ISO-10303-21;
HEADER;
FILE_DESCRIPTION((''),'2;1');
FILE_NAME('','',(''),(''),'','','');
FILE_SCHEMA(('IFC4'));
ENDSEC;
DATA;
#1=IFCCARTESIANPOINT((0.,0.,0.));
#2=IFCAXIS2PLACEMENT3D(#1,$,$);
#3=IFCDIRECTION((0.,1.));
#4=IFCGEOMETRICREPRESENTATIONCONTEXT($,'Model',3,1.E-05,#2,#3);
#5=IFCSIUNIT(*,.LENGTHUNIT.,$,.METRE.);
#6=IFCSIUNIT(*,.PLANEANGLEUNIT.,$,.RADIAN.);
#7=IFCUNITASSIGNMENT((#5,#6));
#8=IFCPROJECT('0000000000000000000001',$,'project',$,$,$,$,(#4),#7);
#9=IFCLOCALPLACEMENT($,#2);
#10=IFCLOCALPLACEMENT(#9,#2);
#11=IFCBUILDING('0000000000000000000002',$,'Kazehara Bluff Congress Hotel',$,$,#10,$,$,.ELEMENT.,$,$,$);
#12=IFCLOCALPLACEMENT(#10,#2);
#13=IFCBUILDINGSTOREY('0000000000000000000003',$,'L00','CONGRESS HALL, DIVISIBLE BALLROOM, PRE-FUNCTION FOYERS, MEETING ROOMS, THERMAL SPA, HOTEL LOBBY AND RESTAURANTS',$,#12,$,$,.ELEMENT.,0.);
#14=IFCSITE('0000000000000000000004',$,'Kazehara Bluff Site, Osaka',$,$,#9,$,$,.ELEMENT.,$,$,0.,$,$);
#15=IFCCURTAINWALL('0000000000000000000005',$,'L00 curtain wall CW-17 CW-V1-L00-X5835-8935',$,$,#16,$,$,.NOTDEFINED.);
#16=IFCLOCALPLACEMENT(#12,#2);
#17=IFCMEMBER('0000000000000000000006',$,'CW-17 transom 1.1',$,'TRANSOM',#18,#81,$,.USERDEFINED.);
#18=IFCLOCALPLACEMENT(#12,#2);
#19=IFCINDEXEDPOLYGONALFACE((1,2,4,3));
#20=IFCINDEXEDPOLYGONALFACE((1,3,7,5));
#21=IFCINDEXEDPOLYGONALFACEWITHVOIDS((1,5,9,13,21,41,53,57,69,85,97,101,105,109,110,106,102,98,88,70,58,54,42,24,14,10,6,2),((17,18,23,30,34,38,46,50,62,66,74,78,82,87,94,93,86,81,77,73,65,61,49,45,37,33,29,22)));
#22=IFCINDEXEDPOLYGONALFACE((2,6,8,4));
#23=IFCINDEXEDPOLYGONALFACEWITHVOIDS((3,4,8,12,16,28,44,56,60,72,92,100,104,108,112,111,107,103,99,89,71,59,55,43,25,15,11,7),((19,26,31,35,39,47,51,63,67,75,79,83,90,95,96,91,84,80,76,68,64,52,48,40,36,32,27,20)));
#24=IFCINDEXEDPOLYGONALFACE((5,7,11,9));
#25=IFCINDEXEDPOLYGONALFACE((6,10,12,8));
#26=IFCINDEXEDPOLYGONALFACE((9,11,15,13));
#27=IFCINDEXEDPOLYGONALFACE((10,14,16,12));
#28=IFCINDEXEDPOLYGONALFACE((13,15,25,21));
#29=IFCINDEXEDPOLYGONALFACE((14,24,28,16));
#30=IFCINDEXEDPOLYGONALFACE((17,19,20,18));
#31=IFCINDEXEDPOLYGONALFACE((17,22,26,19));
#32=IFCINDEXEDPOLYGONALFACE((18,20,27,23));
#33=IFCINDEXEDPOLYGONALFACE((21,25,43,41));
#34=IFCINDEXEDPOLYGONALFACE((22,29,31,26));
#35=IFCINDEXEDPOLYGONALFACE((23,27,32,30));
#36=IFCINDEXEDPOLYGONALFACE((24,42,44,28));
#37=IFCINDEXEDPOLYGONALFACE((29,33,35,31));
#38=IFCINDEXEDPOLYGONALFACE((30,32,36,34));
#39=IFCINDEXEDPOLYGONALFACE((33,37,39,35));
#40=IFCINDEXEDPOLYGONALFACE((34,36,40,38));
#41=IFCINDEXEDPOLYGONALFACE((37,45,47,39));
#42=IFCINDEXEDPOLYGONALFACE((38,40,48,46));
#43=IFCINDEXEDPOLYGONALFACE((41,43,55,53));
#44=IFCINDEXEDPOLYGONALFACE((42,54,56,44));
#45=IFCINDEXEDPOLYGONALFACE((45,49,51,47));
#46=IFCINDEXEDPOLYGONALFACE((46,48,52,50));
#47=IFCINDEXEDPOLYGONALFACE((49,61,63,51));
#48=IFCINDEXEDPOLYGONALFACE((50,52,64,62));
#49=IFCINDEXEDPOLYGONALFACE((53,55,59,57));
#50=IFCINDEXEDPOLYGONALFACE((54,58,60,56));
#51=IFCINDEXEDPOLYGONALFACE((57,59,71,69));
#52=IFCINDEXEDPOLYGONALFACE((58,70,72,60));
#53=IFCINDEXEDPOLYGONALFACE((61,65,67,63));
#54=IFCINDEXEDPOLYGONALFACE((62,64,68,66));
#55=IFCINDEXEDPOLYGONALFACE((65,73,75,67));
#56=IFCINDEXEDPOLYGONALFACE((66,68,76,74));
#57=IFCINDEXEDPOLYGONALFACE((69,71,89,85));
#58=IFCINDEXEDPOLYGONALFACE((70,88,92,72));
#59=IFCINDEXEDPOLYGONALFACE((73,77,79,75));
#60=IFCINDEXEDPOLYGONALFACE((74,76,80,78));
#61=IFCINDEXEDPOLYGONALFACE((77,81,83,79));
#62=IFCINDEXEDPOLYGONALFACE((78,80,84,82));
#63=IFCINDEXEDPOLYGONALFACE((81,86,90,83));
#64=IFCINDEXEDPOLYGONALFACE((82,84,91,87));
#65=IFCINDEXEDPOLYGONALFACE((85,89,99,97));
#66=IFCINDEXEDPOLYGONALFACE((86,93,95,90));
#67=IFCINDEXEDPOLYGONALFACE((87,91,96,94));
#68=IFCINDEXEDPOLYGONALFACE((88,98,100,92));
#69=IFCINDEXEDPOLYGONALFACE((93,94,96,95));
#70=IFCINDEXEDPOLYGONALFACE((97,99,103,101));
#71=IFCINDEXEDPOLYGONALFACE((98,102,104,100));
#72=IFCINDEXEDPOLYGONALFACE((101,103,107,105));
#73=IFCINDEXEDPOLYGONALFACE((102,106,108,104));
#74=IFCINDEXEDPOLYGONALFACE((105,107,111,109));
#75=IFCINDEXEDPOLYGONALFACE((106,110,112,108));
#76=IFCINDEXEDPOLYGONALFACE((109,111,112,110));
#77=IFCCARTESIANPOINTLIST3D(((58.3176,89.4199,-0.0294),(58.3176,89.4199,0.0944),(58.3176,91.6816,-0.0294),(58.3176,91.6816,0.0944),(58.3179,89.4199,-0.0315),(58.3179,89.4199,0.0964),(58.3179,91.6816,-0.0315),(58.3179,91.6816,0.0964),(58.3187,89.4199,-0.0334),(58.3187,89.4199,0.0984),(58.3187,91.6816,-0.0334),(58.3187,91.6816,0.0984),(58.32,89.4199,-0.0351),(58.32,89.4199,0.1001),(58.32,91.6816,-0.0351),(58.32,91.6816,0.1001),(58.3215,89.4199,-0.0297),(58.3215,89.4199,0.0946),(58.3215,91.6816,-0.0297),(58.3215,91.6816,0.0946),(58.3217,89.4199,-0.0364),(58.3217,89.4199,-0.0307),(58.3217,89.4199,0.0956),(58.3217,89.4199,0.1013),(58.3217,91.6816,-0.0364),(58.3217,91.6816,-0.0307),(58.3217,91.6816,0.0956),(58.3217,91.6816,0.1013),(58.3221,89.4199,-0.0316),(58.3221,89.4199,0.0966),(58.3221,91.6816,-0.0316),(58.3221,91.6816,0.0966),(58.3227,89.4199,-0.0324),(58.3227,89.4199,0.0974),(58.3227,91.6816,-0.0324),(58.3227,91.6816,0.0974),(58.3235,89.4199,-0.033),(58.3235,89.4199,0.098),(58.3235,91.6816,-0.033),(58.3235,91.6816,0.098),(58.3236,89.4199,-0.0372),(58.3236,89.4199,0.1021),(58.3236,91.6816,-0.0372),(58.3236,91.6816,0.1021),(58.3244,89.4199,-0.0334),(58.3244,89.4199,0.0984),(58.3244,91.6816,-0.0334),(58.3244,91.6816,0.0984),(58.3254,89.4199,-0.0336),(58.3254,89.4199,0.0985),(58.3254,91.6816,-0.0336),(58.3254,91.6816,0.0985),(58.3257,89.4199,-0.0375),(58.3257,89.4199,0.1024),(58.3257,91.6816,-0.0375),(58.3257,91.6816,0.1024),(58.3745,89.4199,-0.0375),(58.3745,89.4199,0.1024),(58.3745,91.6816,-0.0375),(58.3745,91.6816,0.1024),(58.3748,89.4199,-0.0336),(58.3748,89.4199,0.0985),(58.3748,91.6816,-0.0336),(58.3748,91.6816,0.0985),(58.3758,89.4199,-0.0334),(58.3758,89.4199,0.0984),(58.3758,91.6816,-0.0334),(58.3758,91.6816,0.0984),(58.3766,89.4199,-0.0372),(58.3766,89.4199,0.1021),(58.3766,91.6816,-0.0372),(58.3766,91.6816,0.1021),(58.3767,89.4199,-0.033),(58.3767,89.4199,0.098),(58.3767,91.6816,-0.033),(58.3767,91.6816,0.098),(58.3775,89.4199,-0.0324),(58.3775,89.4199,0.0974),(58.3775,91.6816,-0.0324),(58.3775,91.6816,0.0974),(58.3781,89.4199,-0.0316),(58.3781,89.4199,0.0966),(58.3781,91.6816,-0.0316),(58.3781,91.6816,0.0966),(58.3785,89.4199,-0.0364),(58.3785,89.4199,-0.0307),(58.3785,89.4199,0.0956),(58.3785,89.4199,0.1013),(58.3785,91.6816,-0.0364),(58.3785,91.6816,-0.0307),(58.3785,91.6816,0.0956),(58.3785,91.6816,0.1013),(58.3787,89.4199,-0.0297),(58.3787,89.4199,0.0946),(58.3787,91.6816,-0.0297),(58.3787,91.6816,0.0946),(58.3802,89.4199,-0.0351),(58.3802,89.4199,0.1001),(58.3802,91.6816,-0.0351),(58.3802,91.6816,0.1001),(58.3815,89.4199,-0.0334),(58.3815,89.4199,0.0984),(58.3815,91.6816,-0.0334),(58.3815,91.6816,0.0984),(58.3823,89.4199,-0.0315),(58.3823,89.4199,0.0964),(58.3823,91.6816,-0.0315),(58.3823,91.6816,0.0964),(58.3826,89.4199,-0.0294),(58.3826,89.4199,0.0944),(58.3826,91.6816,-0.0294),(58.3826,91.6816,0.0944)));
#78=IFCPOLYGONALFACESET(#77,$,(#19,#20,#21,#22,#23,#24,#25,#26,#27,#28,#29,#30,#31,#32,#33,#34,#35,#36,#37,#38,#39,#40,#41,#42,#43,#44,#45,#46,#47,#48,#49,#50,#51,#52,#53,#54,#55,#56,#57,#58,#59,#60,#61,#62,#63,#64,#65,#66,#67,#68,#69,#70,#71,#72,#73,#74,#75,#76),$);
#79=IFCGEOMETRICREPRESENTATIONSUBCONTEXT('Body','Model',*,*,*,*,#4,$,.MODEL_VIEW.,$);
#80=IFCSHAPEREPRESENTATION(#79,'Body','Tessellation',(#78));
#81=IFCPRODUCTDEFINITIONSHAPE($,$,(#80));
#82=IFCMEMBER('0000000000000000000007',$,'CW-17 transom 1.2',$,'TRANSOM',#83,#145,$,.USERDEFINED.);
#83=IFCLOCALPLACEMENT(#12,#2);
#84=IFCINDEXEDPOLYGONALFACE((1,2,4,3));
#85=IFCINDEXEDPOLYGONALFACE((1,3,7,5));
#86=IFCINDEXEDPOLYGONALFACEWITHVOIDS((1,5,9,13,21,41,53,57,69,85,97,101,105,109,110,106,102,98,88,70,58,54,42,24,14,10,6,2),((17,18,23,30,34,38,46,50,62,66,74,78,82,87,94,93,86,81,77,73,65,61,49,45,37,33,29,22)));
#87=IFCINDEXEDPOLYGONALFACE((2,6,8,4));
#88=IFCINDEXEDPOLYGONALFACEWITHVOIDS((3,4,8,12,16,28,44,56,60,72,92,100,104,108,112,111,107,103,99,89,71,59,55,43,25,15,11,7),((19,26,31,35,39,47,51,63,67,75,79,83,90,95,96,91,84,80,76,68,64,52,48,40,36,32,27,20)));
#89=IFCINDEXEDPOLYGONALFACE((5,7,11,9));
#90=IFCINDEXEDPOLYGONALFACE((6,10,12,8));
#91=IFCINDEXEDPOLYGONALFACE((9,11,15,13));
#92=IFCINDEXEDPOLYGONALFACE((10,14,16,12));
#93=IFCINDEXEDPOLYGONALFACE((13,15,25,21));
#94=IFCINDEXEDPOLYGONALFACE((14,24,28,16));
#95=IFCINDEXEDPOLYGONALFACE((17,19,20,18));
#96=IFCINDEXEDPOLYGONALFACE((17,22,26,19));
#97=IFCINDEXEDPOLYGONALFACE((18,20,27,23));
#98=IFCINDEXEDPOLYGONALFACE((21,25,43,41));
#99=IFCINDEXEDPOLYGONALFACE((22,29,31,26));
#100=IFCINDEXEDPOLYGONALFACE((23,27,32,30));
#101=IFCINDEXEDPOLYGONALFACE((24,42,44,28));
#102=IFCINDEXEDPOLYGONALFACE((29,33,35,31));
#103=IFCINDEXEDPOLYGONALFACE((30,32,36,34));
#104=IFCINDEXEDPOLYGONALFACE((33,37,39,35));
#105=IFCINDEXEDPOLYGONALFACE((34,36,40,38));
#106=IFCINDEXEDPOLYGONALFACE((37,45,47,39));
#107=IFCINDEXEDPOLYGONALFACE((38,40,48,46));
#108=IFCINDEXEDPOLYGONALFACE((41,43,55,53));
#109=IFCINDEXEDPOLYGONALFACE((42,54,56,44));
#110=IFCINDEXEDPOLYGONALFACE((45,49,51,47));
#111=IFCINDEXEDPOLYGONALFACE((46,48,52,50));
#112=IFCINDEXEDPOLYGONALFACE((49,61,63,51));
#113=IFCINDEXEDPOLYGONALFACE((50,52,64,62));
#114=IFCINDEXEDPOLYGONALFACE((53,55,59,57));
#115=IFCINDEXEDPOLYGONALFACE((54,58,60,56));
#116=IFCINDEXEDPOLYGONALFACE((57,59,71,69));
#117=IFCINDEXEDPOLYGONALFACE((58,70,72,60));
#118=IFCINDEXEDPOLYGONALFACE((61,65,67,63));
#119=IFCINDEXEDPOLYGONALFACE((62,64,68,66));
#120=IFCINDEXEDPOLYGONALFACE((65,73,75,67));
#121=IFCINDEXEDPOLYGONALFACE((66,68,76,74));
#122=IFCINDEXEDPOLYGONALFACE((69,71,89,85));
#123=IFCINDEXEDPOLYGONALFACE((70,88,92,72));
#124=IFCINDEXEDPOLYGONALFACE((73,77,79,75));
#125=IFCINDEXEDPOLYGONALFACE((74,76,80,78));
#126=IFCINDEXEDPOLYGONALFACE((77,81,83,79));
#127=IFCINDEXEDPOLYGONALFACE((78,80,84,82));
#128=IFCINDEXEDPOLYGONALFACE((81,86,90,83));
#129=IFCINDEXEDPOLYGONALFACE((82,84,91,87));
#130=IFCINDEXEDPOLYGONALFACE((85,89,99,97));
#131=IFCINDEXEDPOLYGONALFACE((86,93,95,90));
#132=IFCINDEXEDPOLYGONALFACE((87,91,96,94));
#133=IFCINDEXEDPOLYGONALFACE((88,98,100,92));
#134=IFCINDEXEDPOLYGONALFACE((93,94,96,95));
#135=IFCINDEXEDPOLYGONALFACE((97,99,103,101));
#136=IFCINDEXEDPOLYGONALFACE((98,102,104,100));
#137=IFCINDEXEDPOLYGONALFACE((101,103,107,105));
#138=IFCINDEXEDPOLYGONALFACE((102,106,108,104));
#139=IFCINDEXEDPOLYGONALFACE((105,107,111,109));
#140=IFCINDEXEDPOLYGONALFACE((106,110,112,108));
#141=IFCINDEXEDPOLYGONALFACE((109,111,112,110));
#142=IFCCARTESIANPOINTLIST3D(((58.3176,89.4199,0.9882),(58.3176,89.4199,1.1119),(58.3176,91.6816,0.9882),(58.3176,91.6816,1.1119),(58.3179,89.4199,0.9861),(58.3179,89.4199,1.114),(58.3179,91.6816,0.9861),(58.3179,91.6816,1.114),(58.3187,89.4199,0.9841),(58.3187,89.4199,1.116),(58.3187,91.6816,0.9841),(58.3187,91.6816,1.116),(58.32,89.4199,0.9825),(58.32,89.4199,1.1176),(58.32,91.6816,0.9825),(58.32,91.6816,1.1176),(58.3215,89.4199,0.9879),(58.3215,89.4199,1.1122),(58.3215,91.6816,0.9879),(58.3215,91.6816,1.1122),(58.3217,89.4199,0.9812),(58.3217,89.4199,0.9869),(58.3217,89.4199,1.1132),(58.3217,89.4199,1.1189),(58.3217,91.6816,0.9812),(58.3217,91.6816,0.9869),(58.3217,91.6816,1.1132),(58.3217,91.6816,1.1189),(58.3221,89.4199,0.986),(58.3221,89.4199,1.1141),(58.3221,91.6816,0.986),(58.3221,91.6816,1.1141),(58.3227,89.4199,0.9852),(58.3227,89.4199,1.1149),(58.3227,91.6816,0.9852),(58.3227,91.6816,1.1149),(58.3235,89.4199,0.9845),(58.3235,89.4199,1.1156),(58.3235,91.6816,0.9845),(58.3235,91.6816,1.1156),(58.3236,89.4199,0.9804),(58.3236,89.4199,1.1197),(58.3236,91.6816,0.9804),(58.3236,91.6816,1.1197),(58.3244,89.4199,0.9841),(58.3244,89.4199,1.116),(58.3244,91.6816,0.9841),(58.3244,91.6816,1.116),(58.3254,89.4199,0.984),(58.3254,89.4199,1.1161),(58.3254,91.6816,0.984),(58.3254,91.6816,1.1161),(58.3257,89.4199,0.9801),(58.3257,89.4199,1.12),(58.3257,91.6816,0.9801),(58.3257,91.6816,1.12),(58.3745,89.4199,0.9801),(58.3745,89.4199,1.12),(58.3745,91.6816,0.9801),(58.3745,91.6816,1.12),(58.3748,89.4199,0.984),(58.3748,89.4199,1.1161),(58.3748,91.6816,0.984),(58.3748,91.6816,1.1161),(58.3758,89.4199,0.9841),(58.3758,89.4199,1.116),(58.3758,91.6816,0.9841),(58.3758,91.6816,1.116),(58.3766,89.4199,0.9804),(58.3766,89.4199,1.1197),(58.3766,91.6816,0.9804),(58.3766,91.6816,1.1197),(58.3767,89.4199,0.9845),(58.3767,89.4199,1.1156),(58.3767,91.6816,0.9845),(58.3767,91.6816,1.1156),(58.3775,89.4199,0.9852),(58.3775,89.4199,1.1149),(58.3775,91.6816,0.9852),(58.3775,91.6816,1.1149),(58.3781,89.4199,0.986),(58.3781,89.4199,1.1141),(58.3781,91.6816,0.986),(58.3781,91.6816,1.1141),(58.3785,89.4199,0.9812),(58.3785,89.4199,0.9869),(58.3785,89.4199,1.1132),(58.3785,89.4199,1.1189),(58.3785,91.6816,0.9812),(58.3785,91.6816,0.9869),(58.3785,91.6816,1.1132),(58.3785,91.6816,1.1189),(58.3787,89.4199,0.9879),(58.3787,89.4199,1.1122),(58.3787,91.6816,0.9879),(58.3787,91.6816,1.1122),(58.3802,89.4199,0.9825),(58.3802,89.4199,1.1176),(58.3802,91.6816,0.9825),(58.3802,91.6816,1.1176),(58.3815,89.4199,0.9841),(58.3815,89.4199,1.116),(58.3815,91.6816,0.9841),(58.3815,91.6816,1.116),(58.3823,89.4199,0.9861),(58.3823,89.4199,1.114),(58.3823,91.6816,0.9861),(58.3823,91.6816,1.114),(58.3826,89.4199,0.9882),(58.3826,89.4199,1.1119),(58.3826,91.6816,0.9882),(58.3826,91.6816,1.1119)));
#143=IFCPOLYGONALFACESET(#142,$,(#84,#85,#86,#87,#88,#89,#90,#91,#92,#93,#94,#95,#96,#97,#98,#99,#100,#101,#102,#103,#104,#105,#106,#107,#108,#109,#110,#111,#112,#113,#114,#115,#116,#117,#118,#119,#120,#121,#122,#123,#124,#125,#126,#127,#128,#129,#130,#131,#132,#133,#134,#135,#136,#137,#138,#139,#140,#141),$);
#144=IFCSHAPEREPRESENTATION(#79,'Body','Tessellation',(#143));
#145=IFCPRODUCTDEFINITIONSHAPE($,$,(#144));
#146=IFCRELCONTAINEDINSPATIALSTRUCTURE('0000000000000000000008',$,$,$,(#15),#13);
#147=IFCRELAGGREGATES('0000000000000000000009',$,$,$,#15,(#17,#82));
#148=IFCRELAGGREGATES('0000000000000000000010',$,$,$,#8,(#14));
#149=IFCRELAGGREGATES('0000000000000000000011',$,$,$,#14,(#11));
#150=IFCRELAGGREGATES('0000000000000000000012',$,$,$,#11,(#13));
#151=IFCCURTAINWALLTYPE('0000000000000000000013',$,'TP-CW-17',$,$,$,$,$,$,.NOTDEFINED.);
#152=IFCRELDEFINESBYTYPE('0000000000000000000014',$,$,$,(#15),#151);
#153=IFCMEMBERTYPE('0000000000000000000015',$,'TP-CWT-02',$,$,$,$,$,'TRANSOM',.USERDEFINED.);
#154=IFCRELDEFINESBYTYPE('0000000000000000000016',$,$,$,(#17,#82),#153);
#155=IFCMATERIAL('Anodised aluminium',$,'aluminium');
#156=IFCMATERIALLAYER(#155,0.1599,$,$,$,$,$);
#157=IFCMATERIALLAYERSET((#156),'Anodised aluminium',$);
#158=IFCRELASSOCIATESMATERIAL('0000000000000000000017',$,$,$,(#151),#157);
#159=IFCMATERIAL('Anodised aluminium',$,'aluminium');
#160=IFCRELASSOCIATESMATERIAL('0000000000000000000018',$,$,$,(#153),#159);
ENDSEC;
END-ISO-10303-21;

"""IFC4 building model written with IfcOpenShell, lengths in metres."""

from ifc_helpers import new_model, si_unit, direction, frame, origin, origin_2d, place, context, subcontext, project, spatial, hollow_rectangle, extrude, material, layer, layer_set, material_profile, profile_set, type_object, element, aggregate, save


model = new_model("IFC4")

# Units and contexts
model_context = context("Model", 3, precision=1e-05, world=origin(), true_north=direction((0.0, 1.0)))
body_context = subcontext(model_context, "Body", "Model", "MODEL_VIEW")
ifc_project = project(units=[si_unit("LENGTHUNIT", "METRE"), si_unit("PLANEANGLEUNIT", "RADIAN")], contexts=[model_context])

# Site, building, storey
site_placement = place(None, origin())
site = spatial("IfcSite", under=ifc_project, at=site_placement, Name="Kazehara Bluff Site, Osaka", CompositionType="ELEMENT", RefElevation=0.0)
building_placement = place(site_placement, origin())
building = spatial("IfcBuilding", under=site, at=building_placement, Name="Kazehara Bluff Congress Hotel", CompositionType="ELEMENT")
storey_placement = place(building_placement, origin())
storey = spatial("IfcBuildingStorey", under=building, at=storey_placement, Name="L00", Description="CONGRESS HALL, DIVISIBLE BALLROOM, PRE-FUNCTION FOYERS, MEETING ROOMS, THERMAL SPA, HOTEL LOBBY AND RESTAURANTS", CompositionType="ELEMENT", Elevation=0.0)

# Shared definitions
ifc_material_1 = material(Name="Anodised aluminium", Category="aluminium")
ifc_layer_1 = layer(ifc_material_1, 0.1599)
ifc_layer_set_1 = layer_set([ifc_layer_1], Name="Anodised aluminium")
curtain_wall_type = type_object("IfcCurtainWallType", Name="TP-CW-17", PredefinedType="NOTDEFINED", material=ifc_layer_set_1)

# Curtain wall, members
curtain_wall_1_placement = place(storey_placement, origin())
curtain_wall_1 = element("IfcCurtainWall", 1, at=curtain_wall_1_placement, inside=storey, type_object=curtain_wall_type, Name="L00 curtain wall CW-17 CW-V1-L00-X5835-8935", PredefinedType="NOTDEFINED")
ifc_material_2 = material(Name="Anodised aluminium", Category="aluminium")
ifc_material_profile_1 = material_profile(ifc_material_2, hollow_rectangle(XDim=0.0649, YDim=0.1399, WallThickness=0.0039, InnerFilletRadius=0.0039, OuterFilletRadius=0.0081, at=origin_2d()))
ifc_profile_set_1 = profile_set([ifc_material_profile_1], Name="Anodised aluminium")
member_type_1 = type_object("IfcMemberType", Name="TP-CWT-02", ElementType="TRANSOM", PredefinedType="USERDEFINED", material=ifc_profile_set_1)
member_1_placement = place(storey_placement, frame((58.3501, 89.4199, 0.0325), z_axis=(0.0, 1.0, 0.0), x_axis=(-1.0, 0.0, 0.0)))
member_1 = element("IfcMember", 2, at=member_1_placement, type_object=member_type_1, Name="CW-17 transom 1.1", ObjectType="TRANSOM", PredefinedType="USERDEFINED", context=body_context, shape_type="SweptSolid", body=[
    extrude(hollow_rectangle(XDim=0.0649, YDim=0.1399, WallThickness=0.0039, InnerFilletRadius=0.0039, OuterFilletRadius=0.0081, at=origin_2d()), origin(), (0.0, 0.0, 1.0), 2.2617),
])
member_2_placement = place(storey_placement, frame((58.3501, 89.4199, 1.05), z_axis=(0.0, 1.0, 0.0), x_axis=(-1.0, 0.0, 0.0)))
member_2 = element("IfcMember", 3, at=member_2_placement, type_object=member_type_1, Name="CW-17 transom 1.2", ObjectType="TRANSOM", PredefinedType="USERDEFINED", context=body_context, shape_type="SweptSolid", body=[
    extrude(hollow_rectangle(XDim=0.0649, YDim=0.1399, WallThickness=0.0039, InnerFilletRadius=0.0039, OuterFilletRadius=0.0081, at=origin_2d()), origin(), (0.0, 0.0, 1.0), 2.2617),
])

aggregate(curtain_wall_1, [member_1, member_2])

save(model, "model.ifc")
